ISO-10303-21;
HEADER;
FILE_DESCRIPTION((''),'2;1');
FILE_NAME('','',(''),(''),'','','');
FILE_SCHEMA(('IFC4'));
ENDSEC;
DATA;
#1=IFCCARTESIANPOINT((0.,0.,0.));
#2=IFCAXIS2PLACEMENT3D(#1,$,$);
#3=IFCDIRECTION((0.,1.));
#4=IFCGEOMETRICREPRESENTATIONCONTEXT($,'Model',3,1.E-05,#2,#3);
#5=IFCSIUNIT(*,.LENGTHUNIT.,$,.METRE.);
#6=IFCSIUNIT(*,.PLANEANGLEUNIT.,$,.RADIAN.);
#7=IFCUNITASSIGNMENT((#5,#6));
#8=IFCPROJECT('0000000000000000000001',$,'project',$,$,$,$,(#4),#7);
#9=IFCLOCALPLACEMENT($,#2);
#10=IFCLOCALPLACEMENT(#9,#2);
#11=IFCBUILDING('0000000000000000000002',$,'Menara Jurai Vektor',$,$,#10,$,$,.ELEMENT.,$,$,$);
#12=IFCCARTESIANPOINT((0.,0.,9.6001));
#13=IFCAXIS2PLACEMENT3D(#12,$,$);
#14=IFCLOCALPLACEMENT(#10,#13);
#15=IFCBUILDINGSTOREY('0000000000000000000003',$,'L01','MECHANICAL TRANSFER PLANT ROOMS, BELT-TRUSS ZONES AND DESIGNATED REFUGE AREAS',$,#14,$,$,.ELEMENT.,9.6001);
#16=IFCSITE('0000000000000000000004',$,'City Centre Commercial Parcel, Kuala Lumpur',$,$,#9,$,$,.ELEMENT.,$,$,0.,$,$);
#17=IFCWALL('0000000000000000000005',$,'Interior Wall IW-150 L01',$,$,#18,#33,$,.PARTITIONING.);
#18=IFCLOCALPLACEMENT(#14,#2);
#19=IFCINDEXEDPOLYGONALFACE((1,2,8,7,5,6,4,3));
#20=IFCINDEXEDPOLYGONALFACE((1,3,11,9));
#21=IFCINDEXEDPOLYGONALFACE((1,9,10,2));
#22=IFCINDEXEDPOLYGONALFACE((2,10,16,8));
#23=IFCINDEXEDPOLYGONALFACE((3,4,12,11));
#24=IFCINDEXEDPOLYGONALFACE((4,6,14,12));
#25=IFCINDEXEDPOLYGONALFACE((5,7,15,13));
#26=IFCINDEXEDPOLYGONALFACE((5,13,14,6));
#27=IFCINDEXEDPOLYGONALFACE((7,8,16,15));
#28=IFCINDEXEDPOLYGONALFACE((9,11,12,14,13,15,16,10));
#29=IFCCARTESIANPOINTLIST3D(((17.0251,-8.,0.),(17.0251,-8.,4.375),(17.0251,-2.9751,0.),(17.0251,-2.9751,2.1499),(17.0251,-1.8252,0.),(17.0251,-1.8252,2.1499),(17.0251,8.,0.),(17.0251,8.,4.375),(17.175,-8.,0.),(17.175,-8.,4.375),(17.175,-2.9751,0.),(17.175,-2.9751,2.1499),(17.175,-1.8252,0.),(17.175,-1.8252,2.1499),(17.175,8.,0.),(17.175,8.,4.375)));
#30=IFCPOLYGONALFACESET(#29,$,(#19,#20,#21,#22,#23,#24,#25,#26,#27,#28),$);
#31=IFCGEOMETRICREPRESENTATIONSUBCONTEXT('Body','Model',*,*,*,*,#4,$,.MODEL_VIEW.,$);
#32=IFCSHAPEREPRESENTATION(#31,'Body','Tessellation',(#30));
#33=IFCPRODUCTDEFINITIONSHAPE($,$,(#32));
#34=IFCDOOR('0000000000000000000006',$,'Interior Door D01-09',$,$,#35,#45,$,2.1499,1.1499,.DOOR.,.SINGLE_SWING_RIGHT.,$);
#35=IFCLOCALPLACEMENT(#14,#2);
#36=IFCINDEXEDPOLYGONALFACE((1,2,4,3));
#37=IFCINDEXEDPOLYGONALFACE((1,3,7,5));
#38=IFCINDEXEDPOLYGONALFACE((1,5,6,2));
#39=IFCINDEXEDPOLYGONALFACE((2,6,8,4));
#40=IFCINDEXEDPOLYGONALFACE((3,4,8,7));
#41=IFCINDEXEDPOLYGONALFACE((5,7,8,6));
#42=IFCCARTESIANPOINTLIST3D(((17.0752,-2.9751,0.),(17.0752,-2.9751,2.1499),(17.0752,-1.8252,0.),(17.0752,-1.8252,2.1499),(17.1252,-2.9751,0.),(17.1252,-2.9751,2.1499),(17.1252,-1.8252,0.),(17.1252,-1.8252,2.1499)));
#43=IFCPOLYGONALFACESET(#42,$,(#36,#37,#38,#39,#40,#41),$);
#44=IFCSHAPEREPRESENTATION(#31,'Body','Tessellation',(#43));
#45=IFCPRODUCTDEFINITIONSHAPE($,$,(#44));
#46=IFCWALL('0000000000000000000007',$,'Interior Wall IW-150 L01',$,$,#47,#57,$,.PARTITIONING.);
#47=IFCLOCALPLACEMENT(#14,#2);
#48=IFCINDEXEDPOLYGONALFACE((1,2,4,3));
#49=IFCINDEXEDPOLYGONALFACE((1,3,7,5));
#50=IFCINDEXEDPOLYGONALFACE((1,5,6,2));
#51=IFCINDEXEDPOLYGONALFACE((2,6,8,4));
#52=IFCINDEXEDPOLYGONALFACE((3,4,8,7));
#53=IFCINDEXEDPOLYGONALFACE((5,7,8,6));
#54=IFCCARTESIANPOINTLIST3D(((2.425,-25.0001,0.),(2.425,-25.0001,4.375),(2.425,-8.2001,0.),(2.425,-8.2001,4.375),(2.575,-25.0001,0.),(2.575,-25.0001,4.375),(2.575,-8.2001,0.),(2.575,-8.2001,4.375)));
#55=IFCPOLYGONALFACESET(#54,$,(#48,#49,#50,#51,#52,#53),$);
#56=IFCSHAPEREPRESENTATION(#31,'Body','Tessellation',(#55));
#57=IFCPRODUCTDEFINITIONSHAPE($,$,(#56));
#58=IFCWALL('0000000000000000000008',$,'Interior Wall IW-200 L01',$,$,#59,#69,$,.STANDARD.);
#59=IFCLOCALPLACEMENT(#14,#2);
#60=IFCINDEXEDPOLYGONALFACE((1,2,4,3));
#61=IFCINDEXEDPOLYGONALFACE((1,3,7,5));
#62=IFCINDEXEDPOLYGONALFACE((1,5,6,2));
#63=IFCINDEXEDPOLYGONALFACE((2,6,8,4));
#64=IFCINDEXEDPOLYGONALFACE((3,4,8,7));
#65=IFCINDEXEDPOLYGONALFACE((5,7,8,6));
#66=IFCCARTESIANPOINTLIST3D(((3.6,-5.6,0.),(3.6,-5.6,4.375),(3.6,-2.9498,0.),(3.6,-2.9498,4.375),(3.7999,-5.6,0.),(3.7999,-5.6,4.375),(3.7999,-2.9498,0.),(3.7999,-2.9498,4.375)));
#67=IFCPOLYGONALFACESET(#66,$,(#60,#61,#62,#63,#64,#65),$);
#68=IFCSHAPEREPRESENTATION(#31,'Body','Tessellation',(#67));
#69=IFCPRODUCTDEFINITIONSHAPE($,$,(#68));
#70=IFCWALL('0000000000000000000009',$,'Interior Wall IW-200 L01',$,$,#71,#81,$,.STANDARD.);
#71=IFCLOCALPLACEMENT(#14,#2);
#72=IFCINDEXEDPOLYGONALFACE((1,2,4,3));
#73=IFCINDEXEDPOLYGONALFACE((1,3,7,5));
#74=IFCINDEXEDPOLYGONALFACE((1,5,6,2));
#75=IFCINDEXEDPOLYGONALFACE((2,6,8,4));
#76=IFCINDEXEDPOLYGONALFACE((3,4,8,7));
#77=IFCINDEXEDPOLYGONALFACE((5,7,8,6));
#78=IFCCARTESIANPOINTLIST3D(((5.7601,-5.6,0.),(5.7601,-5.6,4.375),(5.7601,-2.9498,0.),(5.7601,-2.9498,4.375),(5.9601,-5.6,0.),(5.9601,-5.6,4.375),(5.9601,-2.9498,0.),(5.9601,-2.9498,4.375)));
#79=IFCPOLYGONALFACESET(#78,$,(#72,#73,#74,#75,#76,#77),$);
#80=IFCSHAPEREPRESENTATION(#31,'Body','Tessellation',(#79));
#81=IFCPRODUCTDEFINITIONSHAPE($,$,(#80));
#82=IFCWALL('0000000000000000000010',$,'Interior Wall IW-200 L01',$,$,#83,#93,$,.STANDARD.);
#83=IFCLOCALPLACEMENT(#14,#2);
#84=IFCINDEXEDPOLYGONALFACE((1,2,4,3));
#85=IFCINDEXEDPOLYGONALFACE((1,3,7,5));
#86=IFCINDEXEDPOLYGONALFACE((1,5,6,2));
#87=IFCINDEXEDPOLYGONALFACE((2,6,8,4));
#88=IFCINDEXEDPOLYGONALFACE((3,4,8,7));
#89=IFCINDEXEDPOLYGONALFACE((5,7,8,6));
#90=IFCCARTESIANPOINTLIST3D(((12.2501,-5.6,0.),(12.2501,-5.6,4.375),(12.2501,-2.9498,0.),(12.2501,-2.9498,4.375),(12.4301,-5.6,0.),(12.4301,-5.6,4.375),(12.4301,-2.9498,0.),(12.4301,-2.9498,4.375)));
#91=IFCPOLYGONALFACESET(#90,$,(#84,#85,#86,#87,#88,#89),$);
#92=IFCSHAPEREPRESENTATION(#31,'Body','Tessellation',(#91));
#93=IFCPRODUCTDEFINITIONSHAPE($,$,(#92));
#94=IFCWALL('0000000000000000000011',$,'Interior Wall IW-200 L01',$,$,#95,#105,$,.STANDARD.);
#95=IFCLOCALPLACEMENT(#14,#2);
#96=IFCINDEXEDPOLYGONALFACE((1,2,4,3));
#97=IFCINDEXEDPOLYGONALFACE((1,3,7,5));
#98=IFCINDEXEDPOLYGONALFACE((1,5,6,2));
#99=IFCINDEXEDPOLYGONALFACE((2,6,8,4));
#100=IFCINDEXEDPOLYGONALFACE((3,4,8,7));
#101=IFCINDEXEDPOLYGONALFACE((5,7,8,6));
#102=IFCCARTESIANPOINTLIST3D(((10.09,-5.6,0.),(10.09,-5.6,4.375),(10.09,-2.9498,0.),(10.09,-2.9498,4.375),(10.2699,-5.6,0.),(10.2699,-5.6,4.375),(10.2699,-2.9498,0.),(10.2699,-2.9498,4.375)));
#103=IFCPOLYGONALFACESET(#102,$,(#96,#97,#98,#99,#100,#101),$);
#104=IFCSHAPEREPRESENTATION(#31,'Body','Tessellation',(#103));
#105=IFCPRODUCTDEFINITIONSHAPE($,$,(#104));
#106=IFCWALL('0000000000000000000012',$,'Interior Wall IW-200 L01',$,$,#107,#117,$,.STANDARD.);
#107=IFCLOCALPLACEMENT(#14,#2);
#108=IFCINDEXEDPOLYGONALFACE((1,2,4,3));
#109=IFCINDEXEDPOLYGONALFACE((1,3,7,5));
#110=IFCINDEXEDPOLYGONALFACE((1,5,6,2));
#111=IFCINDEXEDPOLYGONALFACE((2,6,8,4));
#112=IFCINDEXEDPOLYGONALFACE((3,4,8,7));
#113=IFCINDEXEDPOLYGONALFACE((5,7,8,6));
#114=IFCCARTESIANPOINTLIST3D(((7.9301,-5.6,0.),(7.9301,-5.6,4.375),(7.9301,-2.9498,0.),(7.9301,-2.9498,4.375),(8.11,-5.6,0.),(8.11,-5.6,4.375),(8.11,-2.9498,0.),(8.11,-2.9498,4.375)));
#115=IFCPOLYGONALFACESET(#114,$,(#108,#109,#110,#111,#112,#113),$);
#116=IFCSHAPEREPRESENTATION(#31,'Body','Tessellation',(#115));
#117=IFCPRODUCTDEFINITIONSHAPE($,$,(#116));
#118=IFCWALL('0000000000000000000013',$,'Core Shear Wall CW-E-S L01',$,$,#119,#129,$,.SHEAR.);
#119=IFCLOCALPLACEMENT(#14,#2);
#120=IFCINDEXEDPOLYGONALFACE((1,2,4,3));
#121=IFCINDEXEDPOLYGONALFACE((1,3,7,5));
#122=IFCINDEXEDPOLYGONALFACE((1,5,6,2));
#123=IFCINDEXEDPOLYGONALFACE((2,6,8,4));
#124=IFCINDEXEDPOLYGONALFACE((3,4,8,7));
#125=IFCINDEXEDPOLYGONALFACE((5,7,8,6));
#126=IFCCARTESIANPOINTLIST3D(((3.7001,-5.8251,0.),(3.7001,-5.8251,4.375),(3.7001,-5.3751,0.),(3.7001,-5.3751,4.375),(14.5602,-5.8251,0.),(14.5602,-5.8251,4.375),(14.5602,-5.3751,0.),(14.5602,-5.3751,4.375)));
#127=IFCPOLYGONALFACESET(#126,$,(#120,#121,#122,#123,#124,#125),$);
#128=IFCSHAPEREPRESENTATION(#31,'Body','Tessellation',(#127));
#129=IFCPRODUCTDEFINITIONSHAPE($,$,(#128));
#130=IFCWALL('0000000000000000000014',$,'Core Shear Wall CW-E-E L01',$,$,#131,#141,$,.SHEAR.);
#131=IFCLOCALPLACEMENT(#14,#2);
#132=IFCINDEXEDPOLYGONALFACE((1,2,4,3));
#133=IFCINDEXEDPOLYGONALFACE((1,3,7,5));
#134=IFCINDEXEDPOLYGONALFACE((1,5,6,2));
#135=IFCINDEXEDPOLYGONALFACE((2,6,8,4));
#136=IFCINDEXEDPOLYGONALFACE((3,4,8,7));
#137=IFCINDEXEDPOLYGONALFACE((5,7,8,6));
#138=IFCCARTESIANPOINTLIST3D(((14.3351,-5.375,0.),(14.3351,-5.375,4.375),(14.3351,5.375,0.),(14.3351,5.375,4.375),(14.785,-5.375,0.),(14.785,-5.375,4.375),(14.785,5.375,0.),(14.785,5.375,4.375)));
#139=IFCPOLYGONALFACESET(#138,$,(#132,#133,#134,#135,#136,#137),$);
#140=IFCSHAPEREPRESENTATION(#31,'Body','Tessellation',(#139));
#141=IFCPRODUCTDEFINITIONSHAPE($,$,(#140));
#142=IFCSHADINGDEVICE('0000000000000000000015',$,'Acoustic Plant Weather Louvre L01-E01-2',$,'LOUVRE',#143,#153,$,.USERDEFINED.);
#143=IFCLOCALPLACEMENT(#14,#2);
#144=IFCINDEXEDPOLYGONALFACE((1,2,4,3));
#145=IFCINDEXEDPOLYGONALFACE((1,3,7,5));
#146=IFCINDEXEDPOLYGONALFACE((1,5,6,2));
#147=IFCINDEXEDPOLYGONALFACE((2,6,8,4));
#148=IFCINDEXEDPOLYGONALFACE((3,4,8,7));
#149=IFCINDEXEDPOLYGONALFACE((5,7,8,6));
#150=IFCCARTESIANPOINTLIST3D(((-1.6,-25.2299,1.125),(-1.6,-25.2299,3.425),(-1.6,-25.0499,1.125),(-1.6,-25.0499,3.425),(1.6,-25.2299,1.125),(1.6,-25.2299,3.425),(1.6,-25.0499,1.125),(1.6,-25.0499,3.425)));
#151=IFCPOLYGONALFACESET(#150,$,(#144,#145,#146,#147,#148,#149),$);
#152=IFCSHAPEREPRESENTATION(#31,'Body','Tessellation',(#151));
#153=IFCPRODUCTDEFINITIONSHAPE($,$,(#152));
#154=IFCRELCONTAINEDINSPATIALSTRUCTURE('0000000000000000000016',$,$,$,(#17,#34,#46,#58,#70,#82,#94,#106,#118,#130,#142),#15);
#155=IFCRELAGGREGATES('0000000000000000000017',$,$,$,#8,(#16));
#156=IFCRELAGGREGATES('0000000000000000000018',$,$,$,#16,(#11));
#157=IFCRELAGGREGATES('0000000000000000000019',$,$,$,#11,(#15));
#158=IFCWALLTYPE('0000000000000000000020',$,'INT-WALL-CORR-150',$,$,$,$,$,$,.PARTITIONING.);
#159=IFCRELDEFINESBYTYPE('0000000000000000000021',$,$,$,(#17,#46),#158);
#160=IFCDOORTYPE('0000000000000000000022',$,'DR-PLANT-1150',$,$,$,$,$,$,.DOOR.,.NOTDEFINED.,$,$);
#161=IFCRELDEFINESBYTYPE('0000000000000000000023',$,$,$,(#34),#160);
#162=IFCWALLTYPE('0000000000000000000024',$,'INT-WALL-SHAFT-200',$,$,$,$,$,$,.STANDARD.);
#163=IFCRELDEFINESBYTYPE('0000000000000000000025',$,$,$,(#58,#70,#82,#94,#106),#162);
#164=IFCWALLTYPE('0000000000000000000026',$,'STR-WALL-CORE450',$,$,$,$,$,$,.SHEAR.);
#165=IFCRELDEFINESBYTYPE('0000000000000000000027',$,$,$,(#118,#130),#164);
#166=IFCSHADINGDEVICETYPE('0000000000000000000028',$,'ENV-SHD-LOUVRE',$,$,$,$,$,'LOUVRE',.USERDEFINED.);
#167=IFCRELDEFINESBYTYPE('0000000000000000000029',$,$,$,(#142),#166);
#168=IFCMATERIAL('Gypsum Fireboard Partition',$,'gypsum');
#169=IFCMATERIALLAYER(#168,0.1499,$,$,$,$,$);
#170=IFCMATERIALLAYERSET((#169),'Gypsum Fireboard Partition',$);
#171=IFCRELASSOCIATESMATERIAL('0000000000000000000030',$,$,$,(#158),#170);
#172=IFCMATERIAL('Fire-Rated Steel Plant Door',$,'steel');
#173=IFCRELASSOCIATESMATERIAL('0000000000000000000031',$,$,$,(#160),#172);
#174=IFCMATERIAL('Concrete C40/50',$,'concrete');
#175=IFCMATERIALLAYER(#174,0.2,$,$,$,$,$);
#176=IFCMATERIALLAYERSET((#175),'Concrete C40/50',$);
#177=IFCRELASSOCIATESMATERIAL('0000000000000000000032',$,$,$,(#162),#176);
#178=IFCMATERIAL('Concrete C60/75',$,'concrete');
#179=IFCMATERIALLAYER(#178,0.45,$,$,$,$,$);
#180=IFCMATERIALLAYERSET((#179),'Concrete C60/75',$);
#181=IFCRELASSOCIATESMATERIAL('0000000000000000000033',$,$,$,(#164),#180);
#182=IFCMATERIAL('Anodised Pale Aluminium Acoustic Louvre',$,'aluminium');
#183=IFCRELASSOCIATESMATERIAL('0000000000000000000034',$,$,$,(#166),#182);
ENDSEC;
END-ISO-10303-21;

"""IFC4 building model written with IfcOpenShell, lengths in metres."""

from ifc_helpers import new_model, si_unit, direction, frame, frame_2d, origin, origin_2d, place, context, subcontext, project, spatial, rectangle, extrude, material, layer, layer_set, type_object, element, fill, save


model = new_model("IFC4")

# Units and contexts
model_context = context("Model", 3, precision=1e-05, world=origin(), true_north=direction((0.0, 1.0)))
body_context = subcontext(model_context, "Body", "Model", "MODEL_VIEW")
ifc_project = project(units=[si_unit("LENGTHUNIT", "METRE"), si_unit("PLANEANGLEUNIT", "RADIAN")], contexts=[model_context])

# Site, building, storey
site_placement = place(None, origin())
site = spatial("IfcSite", under=ifc_project, at=site_placement, Name="City Centre Commercial Parcel, Kuala Lumpur", CompositionType="ELEMENT", RefElevation=0.0)
building_placement = place(site_placement, origin())
building = spatial("IfcBuilding", under=site, at=building_placement, Name="Menara Jurai Vektor", CompositionType="ELEMENT")
storey_placement = place(building_placement, frame((0.0, 0.0, 9.6001)))
storey = spatial("IfcBuildingStorey", under=building, at=storey_placement, Name="L01", Description="MECHANICAL TRANSFER PLANT ROOMS, BELT-TRUSS ZONES AND DESIGNATED REFUGE AREAS", CompositionType="ELEMENT", Elevation=9.6001)

# Shared definitions
ifc_material_1 = material(Name="Concrete C60/75", Category="concrete")

# Wall, opening, door
ifc_material_2 = material(Name="Gypsum Fireboard Partition", Category="gypsum")
ifc_layer_1 = layer(ifc_material_2, 0.1499)
ifc_layer_set_1 = layer_set([ifc_layer_1], Name="Gypsum Fireboard Partition")
wall_type_1 = type_object("IfcWallType", Name="INT-WALL-CORR-150", PredefinedType="PARTITIONING", material=ifc_layer_set_1)
ifc_material_3 = material(Name="Fire-Rated Steel Plant Door", Category="steel")
door_type = type_object("IfcDoorType", Name="DR-PLANT-1150", OperationType="NOTDEFINED", PredefinedType="DOOR", material=ifc_material_3)
wall_1_placement = place(storey_placement, frame((17.1001, -8.0, 0.0), z_axis=(0.0, 0.0, 1.0), x_axis=(0.0, 1.0, 0.0)))
wall_1 = element("IfcWall", 1, at=wall_1_placement, inside=storey, type_object=wall_type_1, Name="Interior Wall IW-150 L01", PredefinedType="PARTITIONING", context=body_context, shape_type="SweptSolid", body=[
    extrude(rectangle(XDim=16.0, YDim=0.1499, at=frame_2d((8.0, 0.0))), origin(), (0.0, 0.0, 1.0), 4.375),
])
opening_1_placement = place(wall_1_placement, frame((5.0249, 0.0, 0.0)))
opening_1 = element("IfcOpeningElement", 2, at=opening_1_placement, cuts=wall_1, PredefinedType="OPENING", context=body_context, shape_type="SweptSolid", body=[
    extrude(rectangle(XDim=1.1499, YDim=2.1499, at=frame_2d((0.575, 1.075))), frame((0.0, 0.085, 0.0), z_axis=(0.0, -1.0, 0.0), x_axis=(1.0, 0.0, 0.0)), (0.0, 0.0, 1.0), 0.1699),
])
door_1_placement = place(opening_1_placement, origin())
door_1 = element("IfcDoor", 3, at=door_1_placement, inside=storey, type_object=door_type, Name="Interior Door D01-09", OperationType="SINGLE_SWING_RIGHT", OverallHeight=2.1499, OverallWidth=1.1499, PredefinedType="DOOR", context=body_context, shape_type="SweptSolid", body=[
    extrude(rectangle(XDim=1.1499, YDim=2.1499, at=frame_2d((0.575, 1.075))), frame((0.0, 0.0249, 0.0), z_axis=(0.0, -1.0, 0.0), x_axis=(1.0, 0.0, 0.0)), (0.0, 0.0, 1.0), 0.05),
])
fill(opening_1, door_1)

# Walls
wall_2_placement = place(storey_placement, frame((2.5, -25.0, 0.0), z_axis=(0.0, 0.0, 1.0), x_axis=(0.0, 1.0, 0.0)))
element("IfcWall", 4, at=wall_2_placement, inside=storey, type_object=wall_type_1, Name="Interior Wall IW-150 L01", PredefinedType="PARTITIONING", context=body_context, shape_type="SweptSolid", body=[
    extrude(rectangle(XDim=16.8, YDim=0.1499, at=frame_2d((8.3999, 0.0))), origin(), (0.0, 0.0, 1.0), 4.375),
])
ifc_material_4 = material(Name="Concrete C40/50", Category="concrete")
ifc_layer_2 = layer(ifc_material_4, 0.2)
ifc_layer_set_2 = layer_set([ifc_layer_2], Name="Concrete C40/50")
wall_type_2 = type_object("IfcWallType", Name="INT-WALL-SHAFT-200", PredefinedType="STANDARD", material=ifc_layer_set_2)
for number, where, z_axis, x_axis, name in (
    (5, (3.7, -5.6001, 0.0), (0.0, 0.0, 1.0), (0.0, 1.0, 0.0), "Interior Wall IW-200 L01"),
    (6, (5.8601, -5.6001, 0.0), (0.0, 0.0, 1.0), (0.0, 1.0, 0.0), "Interior Wall IW-200 L01"),
):
    element("IfcWall", number, at=place(storey_placement, frame(where, z_axis=z_axis, x_axis=x_axis)), inside=storey, type_object=wall_type_2, Name=name, PredefinedType="STANDARD", context=body_context, shape_type="SweptSolid", body=[
        extrude(rectangle(XDim=2.6501, YDim=0.2, at=frame_2d((1.3252, 0.0))), origin(), (0.0, 0.0, 1.0), 4.375),
    ])
for number, where, z_axis, x_axis, name in (
    (7, (12.3401, -5.6001, 0.0), (0.0, 0.0, 1.0), (0.0, 1.0, 0.0), "Interior Wall IW-200 L01"),
    (8, (10.1799, -5.6001, 0.0), (0.0, 0.0, 1.0), (0.0, 1.0, 0.0), "Interior Wall IW-200 L01"),
    (9, (8.02, -5.6001, 0.0), (0.0, 0.0, 1.0), (0.0, 1.0, 0.0), "Interior Wall IW-200 L01"),
):
    element("IfcWall", number, at=place(storey_placement, frame(where, z_axis=z_axis, x_axis=x_axis)), inside=storey, type_object=wall_type_2, Name=name, PredefinedType="STANDARD", context=body_context, shape_type="SweptSolid", body=[
        extrude(rectangle(XDim=2.6501, YDim=0.1799, at=frame_2d((1.3252, 0.0))), origin(), (0.0, 0.0, 1.0), 4.375),
    ])
ifc_layer_3 = layer(ifc_material_1, 0.45)
ifc_layer_set_3 = layer_set([ifc_layer_3], Name="Concrete C60/75")
wall_type_3 = type_object("IfcWallType", Name="STR-WALL-CORE450", PredefinedType="SHEAR", material=ifc_layer_set_3)
wall_3_placement = place(storey_placement, frame((3.7, -5.6001, 0.0), z_axis=(0.0, 0.0, 1.0), x_axis=(1.0, 0.0, 0.0)))
element("IfcWall", 10, at=wall_3_placement, inside=storey, type_object=wall_type_3, Name="Core Shear Wall CW-E-S L01", PredefinedType="SHEAR", context=body_context, shape_type="SweptSolid", body=[
    extrude(rectangle(XDim=10.8601, YDim=0.45, at=frame_2d((5.4302, 0.0))), origin(), (0.0, 0.0, 1.0), 4.375),
])
wall_4_placement = place(storey_placement, frame((14.5601, -5.375, 0.0), z_axis=(0.0, 0.0, 1.0), x_axis=(0.0, 1.0, 0.0)))
element("IfcWall", 11, at=wall_4_placement, inside=storey, type_object=wall_type_3, Name="Core Shear Wall CW-E-E L01", PredefinedType="SHEAR", context=body_context, shape_type="SweptSolid", body=[
    extrude(rectangle(XDim=10.75, YDim=0.45, at=frame_2d((5.375, 0.0))), origin(), (0.0, 0.0, 1.0), 4.375),
])

# Shading device
ifc_material_5 = material(Name="Anodised Pale Aluminium Acoustic Louvre", Category="aluminium")
shading_device_type = type_object("IfcShadingDeviceType", Name="ENV-SHD-LOUVRE", ElementType="LOUVRE", PredefinedType="USERDEFINED", material=ifc_material_5)
shading_device_placement = place(storey_placement, frame((0.0, -25.1399, 1.125), z_axis=(0.0, 0.0, 1.0), x_axis=(1.0, 0.0, 0.0)))
element("IfcShadingDevice", 12, at=shading_device_placement, inside=storey, type_object=shading_device_type, Name="Acoustic Plant Weather Louvre L01-E01-2", ObjectType="LOUVRE", PredefinedType="USERDEFINED", context=body_context, shape_type="SweptSolid", body=[
    extrude(rectangle(XDim=3.2, YDim=0.1799, at=origin_2d()), origin(), (0.0, 0.0, 1.0), 2.3),
])

save(model, "model.ifc")
